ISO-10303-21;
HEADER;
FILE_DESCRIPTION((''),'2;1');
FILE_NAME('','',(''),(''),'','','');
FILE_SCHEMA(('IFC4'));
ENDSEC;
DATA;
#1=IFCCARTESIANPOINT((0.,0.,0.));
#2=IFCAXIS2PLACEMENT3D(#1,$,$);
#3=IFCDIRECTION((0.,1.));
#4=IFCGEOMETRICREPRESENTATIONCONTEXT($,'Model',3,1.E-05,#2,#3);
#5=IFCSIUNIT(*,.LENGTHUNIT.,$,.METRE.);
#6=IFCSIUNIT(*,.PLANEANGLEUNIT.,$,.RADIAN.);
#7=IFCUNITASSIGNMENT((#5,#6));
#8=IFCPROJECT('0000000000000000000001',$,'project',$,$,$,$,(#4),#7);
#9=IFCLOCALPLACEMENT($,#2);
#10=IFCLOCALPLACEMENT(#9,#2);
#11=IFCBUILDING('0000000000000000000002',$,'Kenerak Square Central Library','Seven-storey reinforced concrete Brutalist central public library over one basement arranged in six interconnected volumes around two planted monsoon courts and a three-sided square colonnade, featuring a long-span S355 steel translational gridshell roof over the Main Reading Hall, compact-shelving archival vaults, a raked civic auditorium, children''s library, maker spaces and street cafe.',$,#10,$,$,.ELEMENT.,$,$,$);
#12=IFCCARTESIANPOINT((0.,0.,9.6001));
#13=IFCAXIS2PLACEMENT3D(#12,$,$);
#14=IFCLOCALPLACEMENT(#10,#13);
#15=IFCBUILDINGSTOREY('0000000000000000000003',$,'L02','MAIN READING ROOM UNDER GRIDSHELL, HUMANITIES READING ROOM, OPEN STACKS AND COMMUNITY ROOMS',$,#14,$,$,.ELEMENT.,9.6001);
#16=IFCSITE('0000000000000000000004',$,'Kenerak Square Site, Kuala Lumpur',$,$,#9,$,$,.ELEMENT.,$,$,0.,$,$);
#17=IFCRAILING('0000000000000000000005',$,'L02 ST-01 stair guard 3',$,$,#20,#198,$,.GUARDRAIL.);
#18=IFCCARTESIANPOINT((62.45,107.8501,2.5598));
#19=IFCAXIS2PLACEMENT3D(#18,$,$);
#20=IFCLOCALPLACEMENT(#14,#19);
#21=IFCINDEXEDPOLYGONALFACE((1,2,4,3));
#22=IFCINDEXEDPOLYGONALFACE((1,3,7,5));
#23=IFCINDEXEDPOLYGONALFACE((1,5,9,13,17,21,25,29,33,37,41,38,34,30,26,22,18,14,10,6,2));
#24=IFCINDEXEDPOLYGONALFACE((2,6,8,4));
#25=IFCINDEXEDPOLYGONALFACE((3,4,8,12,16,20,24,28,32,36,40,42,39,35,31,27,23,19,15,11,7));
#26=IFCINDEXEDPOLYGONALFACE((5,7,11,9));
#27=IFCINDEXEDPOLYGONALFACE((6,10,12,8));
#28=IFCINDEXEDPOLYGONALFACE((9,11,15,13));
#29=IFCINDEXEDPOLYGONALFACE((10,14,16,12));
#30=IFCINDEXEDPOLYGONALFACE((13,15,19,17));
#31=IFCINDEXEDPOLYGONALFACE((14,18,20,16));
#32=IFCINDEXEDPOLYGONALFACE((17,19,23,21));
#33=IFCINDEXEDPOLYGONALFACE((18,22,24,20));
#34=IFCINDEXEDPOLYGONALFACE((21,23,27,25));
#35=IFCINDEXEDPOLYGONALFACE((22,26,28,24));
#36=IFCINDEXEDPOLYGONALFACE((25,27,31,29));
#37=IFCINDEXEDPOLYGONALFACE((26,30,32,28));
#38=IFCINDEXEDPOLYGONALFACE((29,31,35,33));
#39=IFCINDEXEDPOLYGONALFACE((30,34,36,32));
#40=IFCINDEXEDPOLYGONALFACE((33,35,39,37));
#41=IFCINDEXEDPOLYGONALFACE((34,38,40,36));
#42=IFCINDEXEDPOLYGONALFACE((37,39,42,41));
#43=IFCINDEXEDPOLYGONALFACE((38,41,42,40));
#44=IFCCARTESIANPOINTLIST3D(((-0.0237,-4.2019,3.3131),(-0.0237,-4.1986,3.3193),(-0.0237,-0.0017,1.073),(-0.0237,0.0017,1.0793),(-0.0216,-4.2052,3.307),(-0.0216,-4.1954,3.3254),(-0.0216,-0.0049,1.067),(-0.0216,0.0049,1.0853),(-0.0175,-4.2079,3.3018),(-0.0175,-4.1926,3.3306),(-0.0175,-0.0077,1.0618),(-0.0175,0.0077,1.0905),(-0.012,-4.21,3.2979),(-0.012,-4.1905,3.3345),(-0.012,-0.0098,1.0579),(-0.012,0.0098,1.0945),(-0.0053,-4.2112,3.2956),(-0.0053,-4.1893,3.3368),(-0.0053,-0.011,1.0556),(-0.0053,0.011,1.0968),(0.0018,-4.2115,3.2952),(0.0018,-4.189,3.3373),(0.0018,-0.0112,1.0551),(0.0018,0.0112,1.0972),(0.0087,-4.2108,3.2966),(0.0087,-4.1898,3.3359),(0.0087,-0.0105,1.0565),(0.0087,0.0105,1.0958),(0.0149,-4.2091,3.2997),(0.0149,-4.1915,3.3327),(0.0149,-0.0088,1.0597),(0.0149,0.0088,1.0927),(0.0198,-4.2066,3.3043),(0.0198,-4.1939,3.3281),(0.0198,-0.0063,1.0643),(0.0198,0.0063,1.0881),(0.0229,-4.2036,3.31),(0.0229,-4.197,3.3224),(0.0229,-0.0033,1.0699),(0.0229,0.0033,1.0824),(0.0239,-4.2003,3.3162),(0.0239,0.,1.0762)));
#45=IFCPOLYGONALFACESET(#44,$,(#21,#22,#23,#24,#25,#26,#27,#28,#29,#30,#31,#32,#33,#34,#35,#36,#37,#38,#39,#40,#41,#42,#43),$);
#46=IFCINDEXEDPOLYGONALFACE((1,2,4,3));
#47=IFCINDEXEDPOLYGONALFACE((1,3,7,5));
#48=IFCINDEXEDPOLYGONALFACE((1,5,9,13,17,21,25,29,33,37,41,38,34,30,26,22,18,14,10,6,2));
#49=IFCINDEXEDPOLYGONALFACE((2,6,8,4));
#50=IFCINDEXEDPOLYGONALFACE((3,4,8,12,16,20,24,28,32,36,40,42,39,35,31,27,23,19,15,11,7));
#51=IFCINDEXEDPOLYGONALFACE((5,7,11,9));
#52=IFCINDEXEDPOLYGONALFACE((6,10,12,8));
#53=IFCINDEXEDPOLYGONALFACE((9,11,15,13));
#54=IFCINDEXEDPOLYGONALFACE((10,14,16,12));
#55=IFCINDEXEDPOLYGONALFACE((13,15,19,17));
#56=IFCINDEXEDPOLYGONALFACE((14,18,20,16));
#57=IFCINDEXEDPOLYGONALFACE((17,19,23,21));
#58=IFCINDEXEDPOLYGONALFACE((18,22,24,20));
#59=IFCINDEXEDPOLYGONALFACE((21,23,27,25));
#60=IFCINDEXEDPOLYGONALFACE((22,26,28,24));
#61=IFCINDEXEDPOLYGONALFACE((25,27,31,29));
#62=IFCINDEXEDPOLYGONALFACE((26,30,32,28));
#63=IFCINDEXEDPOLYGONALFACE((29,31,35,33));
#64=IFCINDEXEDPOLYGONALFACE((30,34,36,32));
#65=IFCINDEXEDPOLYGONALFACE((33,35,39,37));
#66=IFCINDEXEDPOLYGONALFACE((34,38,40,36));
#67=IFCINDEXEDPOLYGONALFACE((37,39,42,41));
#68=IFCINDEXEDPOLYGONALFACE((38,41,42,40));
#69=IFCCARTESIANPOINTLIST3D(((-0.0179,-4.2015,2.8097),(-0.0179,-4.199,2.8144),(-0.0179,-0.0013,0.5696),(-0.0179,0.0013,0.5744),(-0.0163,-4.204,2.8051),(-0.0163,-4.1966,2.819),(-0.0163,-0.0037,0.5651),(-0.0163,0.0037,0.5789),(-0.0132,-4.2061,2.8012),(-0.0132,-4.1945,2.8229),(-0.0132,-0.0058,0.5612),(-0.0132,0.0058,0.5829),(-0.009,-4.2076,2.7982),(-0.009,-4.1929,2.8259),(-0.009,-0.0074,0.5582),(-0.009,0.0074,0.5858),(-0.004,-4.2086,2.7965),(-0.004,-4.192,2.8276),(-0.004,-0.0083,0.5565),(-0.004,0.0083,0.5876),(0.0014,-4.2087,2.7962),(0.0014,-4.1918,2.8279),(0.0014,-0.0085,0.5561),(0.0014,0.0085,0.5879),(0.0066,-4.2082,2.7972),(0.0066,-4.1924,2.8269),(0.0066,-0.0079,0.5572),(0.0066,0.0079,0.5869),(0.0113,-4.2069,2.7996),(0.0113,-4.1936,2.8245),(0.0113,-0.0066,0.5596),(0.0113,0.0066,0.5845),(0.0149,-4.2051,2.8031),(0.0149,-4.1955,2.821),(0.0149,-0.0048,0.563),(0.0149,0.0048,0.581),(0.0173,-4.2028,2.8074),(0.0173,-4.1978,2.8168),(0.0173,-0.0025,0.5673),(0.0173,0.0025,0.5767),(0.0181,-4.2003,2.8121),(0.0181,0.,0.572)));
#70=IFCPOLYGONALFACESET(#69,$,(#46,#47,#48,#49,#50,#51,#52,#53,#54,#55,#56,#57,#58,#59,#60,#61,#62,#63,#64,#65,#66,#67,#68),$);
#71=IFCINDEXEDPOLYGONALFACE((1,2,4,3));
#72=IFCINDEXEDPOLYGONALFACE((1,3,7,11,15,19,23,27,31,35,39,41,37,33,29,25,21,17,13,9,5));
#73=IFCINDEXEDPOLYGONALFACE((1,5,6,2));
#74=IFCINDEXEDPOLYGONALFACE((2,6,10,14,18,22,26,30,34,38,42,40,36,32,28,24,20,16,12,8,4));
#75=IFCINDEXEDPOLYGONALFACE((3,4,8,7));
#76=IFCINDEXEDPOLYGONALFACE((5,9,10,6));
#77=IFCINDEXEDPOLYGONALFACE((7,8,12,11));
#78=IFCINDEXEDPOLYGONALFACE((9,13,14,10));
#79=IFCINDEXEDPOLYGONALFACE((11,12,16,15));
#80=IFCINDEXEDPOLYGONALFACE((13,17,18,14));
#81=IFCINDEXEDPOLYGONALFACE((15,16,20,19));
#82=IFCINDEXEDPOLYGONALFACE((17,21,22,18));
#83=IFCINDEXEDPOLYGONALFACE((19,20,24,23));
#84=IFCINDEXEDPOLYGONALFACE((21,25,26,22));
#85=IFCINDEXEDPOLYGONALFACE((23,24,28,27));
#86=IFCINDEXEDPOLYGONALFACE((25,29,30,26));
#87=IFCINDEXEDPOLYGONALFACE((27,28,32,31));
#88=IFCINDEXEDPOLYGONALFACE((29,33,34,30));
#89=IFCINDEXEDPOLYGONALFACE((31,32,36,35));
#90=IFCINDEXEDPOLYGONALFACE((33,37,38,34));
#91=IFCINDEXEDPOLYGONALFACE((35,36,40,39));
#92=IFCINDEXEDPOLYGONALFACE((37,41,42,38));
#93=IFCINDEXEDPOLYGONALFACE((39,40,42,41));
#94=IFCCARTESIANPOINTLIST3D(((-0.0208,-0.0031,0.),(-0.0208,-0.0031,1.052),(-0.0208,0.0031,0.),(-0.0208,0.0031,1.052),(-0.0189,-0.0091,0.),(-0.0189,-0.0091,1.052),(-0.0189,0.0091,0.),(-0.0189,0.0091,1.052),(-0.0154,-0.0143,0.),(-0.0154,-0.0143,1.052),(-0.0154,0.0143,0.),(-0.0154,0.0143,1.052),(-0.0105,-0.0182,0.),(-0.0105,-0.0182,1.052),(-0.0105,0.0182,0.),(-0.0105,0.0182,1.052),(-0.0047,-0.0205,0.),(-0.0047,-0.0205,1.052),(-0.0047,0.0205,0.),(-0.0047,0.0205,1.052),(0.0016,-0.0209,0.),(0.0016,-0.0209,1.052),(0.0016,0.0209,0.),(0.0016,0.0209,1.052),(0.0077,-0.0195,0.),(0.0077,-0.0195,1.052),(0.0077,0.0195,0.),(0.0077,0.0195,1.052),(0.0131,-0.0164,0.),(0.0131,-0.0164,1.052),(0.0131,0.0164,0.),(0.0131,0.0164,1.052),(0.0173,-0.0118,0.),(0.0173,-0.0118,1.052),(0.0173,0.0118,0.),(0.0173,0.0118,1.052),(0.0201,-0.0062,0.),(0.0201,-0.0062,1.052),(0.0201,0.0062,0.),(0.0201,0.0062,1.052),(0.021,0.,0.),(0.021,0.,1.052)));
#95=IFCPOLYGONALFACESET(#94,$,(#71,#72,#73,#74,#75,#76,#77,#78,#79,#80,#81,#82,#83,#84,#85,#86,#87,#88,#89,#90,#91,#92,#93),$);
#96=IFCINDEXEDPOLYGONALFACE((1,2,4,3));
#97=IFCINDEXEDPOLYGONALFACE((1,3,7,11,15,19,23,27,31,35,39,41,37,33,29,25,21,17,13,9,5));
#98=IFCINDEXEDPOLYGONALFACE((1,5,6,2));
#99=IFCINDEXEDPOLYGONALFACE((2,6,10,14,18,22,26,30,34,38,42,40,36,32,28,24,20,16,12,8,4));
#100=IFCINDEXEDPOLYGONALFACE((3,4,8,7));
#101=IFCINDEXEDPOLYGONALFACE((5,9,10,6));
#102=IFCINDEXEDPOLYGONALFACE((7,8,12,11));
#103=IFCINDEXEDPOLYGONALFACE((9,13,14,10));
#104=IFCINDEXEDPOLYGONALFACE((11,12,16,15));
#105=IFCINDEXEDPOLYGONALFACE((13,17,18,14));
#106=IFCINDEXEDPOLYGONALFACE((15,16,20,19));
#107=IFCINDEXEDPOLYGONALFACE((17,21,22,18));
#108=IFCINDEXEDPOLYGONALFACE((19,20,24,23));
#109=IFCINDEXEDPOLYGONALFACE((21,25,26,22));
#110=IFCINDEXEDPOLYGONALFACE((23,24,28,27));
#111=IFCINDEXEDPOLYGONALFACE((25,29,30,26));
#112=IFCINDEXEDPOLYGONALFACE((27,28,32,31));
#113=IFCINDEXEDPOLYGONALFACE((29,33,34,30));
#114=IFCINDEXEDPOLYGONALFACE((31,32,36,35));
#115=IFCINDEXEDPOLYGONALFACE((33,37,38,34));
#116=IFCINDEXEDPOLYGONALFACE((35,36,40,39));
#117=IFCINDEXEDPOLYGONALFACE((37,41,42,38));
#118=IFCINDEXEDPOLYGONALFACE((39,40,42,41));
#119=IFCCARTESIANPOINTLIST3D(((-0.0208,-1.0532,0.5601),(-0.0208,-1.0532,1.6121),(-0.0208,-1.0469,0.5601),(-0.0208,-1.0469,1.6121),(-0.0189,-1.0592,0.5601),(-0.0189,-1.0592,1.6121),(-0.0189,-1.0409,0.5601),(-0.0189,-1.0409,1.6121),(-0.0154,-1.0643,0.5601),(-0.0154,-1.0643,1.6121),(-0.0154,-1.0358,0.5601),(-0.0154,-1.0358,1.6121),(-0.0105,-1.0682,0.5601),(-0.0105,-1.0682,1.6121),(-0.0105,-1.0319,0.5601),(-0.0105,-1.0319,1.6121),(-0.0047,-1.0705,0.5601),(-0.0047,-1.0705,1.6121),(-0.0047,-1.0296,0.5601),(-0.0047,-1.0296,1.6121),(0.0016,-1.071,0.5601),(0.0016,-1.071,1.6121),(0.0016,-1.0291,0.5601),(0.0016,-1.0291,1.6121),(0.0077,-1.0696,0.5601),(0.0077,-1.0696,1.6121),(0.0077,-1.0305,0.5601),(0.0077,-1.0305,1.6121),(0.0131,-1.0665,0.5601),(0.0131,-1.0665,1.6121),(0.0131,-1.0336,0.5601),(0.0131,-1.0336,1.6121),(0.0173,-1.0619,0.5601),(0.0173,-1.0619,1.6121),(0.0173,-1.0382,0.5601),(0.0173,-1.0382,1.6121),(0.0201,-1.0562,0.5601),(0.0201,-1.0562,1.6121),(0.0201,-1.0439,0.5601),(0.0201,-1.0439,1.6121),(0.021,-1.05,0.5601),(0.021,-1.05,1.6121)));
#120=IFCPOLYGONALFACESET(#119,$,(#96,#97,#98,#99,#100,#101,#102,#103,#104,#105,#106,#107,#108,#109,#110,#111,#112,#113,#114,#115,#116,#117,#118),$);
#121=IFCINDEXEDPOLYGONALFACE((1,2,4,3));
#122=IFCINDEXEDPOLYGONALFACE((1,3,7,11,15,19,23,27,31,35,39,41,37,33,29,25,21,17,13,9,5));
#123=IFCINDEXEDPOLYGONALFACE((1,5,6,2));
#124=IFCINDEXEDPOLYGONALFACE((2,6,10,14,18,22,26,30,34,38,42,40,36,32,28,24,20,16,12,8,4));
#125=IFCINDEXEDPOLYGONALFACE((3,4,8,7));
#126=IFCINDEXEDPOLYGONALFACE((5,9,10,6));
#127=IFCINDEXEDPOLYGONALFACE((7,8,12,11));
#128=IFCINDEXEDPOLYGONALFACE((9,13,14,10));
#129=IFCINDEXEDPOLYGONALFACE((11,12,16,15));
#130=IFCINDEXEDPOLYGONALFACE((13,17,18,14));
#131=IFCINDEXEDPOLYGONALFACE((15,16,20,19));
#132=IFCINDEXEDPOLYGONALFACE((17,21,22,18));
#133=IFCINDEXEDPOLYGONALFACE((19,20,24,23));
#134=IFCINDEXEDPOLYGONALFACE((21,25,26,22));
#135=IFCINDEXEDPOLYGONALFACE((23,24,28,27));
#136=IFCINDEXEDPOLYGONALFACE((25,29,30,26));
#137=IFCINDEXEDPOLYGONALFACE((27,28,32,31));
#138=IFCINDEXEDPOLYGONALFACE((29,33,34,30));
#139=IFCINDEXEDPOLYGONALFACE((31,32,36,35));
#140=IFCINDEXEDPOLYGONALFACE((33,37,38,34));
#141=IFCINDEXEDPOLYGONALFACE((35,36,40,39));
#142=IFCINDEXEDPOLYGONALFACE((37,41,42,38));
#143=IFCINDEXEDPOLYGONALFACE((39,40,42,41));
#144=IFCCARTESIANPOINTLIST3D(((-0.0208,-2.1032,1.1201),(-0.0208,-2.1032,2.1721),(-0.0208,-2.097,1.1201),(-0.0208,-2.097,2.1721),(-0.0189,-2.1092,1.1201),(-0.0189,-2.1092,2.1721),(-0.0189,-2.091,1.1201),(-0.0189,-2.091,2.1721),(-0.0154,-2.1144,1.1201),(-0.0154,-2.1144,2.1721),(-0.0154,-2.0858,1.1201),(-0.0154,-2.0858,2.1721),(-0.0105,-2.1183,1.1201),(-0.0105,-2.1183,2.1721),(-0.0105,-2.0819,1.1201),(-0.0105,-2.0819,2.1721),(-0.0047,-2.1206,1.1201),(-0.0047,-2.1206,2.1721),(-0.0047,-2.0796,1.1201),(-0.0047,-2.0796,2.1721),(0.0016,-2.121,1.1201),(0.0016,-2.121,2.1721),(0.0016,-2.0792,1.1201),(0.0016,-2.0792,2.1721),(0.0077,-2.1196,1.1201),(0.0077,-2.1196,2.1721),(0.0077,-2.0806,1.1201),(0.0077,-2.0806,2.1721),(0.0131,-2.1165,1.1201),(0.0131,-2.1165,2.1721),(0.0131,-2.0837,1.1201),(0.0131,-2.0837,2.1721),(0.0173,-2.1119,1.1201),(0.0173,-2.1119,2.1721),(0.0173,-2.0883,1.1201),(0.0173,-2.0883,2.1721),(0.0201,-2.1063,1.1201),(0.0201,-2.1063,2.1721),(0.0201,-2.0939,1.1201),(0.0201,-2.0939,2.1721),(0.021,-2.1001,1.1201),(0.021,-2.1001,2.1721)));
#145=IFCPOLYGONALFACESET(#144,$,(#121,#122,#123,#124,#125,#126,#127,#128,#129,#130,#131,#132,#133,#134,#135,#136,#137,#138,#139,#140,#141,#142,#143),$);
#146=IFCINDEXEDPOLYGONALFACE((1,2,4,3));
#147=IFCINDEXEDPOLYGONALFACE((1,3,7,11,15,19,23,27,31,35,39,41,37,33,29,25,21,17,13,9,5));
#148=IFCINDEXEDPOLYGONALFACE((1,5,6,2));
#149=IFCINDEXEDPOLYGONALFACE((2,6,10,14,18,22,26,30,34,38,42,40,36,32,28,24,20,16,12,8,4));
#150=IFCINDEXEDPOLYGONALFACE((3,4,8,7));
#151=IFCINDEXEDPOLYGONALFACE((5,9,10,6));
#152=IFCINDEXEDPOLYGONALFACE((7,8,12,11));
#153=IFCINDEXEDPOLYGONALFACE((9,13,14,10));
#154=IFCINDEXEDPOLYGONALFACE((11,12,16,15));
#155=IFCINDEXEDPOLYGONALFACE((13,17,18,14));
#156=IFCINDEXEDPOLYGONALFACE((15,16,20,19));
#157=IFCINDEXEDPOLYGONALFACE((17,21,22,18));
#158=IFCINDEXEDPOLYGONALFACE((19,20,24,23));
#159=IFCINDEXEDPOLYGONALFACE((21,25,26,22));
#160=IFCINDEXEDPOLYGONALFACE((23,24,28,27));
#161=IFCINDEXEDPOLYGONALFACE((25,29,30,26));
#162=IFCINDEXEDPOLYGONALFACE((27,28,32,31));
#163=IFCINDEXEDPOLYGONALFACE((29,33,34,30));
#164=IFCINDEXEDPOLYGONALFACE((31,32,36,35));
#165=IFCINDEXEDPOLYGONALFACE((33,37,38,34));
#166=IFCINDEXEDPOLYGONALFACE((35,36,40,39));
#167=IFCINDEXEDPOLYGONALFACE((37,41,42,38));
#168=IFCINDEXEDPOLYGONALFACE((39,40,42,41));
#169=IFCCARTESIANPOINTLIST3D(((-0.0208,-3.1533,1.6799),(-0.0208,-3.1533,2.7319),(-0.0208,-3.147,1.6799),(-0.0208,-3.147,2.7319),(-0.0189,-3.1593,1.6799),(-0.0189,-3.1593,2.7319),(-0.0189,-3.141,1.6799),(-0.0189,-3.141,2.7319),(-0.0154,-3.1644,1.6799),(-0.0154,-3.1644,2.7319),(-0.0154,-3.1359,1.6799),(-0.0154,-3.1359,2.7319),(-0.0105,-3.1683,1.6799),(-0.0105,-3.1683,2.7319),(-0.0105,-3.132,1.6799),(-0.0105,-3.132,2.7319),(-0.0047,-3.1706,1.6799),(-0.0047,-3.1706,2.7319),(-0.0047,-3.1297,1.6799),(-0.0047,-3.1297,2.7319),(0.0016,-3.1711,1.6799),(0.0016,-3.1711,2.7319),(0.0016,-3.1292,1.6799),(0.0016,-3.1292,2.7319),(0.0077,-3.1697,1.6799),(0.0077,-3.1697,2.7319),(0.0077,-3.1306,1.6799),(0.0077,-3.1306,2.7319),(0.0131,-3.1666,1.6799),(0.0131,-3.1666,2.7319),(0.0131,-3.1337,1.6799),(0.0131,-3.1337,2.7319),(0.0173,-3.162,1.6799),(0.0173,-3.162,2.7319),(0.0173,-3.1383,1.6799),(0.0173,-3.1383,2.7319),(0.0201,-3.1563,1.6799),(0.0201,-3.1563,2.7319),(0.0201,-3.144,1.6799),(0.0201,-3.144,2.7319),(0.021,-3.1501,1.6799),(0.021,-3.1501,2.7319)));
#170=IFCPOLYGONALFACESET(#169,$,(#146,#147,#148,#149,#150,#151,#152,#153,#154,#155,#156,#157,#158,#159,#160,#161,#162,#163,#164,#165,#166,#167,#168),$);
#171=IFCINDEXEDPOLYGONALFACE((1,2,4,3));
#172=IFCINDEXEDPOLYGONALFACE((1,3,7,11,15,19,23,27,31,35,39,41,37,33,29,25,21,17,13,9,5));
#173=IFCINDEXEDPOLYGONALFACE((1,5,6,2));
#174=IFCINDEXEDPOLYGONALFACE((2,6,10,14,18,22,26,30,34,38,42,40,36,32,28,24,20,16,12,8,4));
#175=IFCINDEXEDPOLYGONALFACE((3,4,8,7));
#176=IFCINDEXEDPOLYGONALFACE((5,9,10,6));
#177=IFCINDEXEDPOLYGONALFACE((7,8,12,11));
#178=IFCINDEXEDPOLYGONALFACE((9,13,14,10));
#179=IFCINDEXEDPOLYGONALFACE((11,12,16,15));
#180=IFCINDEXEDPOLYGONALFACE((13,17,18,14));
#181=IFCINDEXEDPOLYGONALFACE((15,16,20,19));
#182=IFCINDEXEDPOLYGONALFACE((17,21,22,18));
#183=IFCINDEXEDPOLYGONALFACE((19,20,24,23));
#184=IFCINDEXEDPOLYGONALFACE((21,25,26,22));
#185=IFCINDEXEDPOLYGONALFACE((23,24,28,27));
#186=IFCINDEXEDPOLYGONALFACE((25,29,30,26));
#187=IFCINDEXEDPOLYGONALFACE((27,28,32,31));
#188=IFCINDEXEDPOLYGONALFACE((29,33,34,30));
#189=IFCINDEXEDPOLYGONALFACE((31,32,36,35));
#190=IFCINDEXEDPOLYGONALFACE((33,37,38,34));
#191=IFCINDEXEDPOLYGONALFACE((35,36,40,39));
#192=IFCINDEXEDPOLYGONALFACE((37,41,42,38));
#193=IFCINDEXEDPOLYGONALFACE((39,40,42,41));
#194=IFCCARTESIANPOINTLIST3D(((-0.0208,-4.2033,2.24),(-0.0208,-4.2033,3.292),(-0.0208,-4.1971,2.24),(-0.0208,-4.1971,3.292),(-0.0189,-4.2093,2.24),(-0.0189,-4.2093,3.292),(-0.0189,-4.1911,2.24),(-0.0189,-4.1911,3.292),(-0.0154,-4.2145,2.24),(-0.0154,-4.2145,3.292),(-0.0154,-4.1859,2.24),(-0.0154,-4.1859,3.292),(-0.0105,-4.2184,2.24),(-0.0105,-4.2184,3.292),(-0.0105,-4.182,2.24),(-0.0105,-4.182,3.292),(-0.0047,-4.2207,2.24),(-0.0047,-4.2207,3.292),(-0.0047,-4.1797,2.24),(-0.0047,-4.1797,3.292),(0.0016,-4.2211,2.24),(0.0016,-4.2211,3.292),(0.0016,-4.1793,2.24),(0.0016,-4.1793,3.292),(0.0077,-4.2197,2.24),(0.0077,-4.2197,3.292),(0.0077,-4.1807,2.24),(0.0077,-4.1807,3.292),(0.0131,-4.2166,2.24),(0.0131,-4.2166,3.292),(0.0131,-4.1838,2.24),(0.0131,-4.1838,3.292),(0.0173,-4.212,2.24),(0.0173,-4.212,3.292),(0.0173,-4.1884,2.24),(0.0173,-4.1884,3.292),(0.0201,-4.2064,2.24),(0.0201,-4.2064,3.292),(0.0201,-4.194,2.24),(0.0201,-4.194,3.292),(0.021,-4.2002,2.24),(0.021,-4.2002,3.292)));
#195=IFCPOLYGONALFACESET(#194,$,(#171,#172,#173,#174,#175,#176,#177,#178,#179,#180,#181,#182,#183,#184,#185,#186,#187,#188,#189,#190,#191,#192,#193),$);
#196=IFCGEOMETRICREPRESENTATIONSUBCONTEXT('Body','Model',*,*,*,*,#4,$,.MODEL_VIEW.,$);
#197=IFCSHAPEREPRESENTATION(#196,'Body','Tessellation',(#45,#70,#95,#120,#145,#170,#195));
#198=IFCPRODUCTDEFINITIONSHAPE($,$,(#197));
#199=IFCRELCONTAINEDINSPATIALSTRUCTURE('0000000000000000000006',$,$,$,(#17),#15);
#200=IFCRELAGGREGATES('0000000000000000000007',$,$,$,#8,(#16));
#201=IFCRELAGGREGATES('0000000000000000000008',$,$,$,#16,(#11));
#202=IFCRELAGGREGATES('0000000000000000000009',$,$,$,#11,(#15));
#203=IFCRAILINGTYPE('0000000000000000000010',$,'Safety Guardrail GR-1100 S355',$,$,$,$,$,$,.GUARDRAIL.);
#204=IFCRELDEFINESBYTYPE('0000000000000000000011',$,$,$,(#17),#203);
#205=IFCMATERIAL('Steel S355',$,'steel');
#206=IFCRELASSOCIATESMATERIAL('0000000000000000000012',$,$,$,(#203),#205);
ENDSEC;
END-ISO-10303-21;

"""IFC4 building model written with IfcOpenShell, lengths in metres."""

from ifc_helpers import new_model, si_unit, direction, frame, origin, origin_2d, place, context, subcontext, project, spatial, circle, extrude, material, type_object, element, save


model = new_model("IFC4")

# Units and contexts
model_context = context("Model", 3, precision=1e-05, world=origin(), true_north=direction((0.0, 1.0)))
body_context = subcontext(model_context, "Body", "Model", "MODEL_VIEW")
ifc_project = project(units=[si_unit("LENGTHUNIT", "METRE"), si_unit("PLANEANGLEUNIT", "RADIAN")], contexts=[model_context])

# Site, building, storey
site_placement = place(None, origin())
site = spatial("IfcSite", under=ifc_project, at=site_placement, Name="Kenerak Square Site, Kuala Lumpur", CompositionType="ELEMENT", RefElevation=0.0)
building_placement = place(site_placement, origin())
building = spatial("IfcBuilding", under=site, at=building_placement, Name="Kenerak Square Central Library", Description="Seven-storey reinforced concrete Brutalist central public library over one basement arranged in six interconnected volumes around two planted monsoon courts and a three-sided square colonnade, featuring a long-span S355 steel translational gridshell roof over the Main Reading Hall, compact-shelving archival vaults, a raked civic auditorium, children's library, maker spaces and street cafe.", CompositionType="ELEMENT")
storey_placement = place(building_placement, frame((0.0, 0.0, 9.6001)))
storey = spatial("IfcBuildingStorey", under=building, at=storey_placement, Name="L02", Description="MAIN READING ROOM UNDER GRIDSHELL, HUMANITIES READING ROOM, OPEN STACKS AND COMMUNITY ROOMS", CompositionType="ELEMENT", Elevation=9.6001)

# Shared definitions
ifc_material_1 = material(Name="Steel S355", Category="steel")

# Railing
railing_type_1 = type_object("IfcRailingType", Name="Safety Guardrail GR-1100 S355", PredefinedType="GUARDRAIL", material=ifc_material_1)
railing_1_placement = place(storey_placement, frame((62.45, 107.8501, 2.5598)))
element("IfcRailing", 1, at=railing_1_placement, inside=storey, type_object=railing_type_1, Name="L02 ST-01 stair guard 3", PredefinedType="GUARDRAIL", context=body_context, shape_type="SweptSolid", body=[
    extrude(circle(Radius=0.0239, at=origin_2d()), frame((0.0, 0.0, 1.0762), z_axis=(0.0, -0.882363, 0.47057), x_axis=(1.0, 0.0, 0.0)), (0.0, 0.0, 1.0), 4.7603),
    extrude(circle(Radius=0.0181, at=origin_2d()), frame((0.0, 0.0, 0.572), z_axis=(0.0, -0.882363, 0.47057), x_axis=(1.0, 0.0, 0.0)), (0.0, 0.0, 1.0), 4.7603),
    extrude(circle(Radius=0.021, at=origin_2d()), origin(), (0.0, 0.0, 1.0), 1.052),
    extrude(circle(Radius=0.021, at=origin_2d()), frame((0.0, -1.05, 0.5601)), (0.0, 0.0, 1.0), 1.052),
    extrude(circle(Radius=0.021, at=origin_2d()), frame((0.0, -2.1001, 1.1201)), (0.0, 0.0, 1.0), 1.052),
    extrude(circle(Radius=0.021, at=origin_2d()), frame((0.0, -3.1501, 1.6799)), (0.0, 0.0, 1.0), 1.052),
    extrude(circle(Radius=0.021, at=origin_2d()), frame((0.0, -4.2002, 2.24)), (0.0, 0.0, 1.0), 1.052),
])

save(model, "model.ifc")
